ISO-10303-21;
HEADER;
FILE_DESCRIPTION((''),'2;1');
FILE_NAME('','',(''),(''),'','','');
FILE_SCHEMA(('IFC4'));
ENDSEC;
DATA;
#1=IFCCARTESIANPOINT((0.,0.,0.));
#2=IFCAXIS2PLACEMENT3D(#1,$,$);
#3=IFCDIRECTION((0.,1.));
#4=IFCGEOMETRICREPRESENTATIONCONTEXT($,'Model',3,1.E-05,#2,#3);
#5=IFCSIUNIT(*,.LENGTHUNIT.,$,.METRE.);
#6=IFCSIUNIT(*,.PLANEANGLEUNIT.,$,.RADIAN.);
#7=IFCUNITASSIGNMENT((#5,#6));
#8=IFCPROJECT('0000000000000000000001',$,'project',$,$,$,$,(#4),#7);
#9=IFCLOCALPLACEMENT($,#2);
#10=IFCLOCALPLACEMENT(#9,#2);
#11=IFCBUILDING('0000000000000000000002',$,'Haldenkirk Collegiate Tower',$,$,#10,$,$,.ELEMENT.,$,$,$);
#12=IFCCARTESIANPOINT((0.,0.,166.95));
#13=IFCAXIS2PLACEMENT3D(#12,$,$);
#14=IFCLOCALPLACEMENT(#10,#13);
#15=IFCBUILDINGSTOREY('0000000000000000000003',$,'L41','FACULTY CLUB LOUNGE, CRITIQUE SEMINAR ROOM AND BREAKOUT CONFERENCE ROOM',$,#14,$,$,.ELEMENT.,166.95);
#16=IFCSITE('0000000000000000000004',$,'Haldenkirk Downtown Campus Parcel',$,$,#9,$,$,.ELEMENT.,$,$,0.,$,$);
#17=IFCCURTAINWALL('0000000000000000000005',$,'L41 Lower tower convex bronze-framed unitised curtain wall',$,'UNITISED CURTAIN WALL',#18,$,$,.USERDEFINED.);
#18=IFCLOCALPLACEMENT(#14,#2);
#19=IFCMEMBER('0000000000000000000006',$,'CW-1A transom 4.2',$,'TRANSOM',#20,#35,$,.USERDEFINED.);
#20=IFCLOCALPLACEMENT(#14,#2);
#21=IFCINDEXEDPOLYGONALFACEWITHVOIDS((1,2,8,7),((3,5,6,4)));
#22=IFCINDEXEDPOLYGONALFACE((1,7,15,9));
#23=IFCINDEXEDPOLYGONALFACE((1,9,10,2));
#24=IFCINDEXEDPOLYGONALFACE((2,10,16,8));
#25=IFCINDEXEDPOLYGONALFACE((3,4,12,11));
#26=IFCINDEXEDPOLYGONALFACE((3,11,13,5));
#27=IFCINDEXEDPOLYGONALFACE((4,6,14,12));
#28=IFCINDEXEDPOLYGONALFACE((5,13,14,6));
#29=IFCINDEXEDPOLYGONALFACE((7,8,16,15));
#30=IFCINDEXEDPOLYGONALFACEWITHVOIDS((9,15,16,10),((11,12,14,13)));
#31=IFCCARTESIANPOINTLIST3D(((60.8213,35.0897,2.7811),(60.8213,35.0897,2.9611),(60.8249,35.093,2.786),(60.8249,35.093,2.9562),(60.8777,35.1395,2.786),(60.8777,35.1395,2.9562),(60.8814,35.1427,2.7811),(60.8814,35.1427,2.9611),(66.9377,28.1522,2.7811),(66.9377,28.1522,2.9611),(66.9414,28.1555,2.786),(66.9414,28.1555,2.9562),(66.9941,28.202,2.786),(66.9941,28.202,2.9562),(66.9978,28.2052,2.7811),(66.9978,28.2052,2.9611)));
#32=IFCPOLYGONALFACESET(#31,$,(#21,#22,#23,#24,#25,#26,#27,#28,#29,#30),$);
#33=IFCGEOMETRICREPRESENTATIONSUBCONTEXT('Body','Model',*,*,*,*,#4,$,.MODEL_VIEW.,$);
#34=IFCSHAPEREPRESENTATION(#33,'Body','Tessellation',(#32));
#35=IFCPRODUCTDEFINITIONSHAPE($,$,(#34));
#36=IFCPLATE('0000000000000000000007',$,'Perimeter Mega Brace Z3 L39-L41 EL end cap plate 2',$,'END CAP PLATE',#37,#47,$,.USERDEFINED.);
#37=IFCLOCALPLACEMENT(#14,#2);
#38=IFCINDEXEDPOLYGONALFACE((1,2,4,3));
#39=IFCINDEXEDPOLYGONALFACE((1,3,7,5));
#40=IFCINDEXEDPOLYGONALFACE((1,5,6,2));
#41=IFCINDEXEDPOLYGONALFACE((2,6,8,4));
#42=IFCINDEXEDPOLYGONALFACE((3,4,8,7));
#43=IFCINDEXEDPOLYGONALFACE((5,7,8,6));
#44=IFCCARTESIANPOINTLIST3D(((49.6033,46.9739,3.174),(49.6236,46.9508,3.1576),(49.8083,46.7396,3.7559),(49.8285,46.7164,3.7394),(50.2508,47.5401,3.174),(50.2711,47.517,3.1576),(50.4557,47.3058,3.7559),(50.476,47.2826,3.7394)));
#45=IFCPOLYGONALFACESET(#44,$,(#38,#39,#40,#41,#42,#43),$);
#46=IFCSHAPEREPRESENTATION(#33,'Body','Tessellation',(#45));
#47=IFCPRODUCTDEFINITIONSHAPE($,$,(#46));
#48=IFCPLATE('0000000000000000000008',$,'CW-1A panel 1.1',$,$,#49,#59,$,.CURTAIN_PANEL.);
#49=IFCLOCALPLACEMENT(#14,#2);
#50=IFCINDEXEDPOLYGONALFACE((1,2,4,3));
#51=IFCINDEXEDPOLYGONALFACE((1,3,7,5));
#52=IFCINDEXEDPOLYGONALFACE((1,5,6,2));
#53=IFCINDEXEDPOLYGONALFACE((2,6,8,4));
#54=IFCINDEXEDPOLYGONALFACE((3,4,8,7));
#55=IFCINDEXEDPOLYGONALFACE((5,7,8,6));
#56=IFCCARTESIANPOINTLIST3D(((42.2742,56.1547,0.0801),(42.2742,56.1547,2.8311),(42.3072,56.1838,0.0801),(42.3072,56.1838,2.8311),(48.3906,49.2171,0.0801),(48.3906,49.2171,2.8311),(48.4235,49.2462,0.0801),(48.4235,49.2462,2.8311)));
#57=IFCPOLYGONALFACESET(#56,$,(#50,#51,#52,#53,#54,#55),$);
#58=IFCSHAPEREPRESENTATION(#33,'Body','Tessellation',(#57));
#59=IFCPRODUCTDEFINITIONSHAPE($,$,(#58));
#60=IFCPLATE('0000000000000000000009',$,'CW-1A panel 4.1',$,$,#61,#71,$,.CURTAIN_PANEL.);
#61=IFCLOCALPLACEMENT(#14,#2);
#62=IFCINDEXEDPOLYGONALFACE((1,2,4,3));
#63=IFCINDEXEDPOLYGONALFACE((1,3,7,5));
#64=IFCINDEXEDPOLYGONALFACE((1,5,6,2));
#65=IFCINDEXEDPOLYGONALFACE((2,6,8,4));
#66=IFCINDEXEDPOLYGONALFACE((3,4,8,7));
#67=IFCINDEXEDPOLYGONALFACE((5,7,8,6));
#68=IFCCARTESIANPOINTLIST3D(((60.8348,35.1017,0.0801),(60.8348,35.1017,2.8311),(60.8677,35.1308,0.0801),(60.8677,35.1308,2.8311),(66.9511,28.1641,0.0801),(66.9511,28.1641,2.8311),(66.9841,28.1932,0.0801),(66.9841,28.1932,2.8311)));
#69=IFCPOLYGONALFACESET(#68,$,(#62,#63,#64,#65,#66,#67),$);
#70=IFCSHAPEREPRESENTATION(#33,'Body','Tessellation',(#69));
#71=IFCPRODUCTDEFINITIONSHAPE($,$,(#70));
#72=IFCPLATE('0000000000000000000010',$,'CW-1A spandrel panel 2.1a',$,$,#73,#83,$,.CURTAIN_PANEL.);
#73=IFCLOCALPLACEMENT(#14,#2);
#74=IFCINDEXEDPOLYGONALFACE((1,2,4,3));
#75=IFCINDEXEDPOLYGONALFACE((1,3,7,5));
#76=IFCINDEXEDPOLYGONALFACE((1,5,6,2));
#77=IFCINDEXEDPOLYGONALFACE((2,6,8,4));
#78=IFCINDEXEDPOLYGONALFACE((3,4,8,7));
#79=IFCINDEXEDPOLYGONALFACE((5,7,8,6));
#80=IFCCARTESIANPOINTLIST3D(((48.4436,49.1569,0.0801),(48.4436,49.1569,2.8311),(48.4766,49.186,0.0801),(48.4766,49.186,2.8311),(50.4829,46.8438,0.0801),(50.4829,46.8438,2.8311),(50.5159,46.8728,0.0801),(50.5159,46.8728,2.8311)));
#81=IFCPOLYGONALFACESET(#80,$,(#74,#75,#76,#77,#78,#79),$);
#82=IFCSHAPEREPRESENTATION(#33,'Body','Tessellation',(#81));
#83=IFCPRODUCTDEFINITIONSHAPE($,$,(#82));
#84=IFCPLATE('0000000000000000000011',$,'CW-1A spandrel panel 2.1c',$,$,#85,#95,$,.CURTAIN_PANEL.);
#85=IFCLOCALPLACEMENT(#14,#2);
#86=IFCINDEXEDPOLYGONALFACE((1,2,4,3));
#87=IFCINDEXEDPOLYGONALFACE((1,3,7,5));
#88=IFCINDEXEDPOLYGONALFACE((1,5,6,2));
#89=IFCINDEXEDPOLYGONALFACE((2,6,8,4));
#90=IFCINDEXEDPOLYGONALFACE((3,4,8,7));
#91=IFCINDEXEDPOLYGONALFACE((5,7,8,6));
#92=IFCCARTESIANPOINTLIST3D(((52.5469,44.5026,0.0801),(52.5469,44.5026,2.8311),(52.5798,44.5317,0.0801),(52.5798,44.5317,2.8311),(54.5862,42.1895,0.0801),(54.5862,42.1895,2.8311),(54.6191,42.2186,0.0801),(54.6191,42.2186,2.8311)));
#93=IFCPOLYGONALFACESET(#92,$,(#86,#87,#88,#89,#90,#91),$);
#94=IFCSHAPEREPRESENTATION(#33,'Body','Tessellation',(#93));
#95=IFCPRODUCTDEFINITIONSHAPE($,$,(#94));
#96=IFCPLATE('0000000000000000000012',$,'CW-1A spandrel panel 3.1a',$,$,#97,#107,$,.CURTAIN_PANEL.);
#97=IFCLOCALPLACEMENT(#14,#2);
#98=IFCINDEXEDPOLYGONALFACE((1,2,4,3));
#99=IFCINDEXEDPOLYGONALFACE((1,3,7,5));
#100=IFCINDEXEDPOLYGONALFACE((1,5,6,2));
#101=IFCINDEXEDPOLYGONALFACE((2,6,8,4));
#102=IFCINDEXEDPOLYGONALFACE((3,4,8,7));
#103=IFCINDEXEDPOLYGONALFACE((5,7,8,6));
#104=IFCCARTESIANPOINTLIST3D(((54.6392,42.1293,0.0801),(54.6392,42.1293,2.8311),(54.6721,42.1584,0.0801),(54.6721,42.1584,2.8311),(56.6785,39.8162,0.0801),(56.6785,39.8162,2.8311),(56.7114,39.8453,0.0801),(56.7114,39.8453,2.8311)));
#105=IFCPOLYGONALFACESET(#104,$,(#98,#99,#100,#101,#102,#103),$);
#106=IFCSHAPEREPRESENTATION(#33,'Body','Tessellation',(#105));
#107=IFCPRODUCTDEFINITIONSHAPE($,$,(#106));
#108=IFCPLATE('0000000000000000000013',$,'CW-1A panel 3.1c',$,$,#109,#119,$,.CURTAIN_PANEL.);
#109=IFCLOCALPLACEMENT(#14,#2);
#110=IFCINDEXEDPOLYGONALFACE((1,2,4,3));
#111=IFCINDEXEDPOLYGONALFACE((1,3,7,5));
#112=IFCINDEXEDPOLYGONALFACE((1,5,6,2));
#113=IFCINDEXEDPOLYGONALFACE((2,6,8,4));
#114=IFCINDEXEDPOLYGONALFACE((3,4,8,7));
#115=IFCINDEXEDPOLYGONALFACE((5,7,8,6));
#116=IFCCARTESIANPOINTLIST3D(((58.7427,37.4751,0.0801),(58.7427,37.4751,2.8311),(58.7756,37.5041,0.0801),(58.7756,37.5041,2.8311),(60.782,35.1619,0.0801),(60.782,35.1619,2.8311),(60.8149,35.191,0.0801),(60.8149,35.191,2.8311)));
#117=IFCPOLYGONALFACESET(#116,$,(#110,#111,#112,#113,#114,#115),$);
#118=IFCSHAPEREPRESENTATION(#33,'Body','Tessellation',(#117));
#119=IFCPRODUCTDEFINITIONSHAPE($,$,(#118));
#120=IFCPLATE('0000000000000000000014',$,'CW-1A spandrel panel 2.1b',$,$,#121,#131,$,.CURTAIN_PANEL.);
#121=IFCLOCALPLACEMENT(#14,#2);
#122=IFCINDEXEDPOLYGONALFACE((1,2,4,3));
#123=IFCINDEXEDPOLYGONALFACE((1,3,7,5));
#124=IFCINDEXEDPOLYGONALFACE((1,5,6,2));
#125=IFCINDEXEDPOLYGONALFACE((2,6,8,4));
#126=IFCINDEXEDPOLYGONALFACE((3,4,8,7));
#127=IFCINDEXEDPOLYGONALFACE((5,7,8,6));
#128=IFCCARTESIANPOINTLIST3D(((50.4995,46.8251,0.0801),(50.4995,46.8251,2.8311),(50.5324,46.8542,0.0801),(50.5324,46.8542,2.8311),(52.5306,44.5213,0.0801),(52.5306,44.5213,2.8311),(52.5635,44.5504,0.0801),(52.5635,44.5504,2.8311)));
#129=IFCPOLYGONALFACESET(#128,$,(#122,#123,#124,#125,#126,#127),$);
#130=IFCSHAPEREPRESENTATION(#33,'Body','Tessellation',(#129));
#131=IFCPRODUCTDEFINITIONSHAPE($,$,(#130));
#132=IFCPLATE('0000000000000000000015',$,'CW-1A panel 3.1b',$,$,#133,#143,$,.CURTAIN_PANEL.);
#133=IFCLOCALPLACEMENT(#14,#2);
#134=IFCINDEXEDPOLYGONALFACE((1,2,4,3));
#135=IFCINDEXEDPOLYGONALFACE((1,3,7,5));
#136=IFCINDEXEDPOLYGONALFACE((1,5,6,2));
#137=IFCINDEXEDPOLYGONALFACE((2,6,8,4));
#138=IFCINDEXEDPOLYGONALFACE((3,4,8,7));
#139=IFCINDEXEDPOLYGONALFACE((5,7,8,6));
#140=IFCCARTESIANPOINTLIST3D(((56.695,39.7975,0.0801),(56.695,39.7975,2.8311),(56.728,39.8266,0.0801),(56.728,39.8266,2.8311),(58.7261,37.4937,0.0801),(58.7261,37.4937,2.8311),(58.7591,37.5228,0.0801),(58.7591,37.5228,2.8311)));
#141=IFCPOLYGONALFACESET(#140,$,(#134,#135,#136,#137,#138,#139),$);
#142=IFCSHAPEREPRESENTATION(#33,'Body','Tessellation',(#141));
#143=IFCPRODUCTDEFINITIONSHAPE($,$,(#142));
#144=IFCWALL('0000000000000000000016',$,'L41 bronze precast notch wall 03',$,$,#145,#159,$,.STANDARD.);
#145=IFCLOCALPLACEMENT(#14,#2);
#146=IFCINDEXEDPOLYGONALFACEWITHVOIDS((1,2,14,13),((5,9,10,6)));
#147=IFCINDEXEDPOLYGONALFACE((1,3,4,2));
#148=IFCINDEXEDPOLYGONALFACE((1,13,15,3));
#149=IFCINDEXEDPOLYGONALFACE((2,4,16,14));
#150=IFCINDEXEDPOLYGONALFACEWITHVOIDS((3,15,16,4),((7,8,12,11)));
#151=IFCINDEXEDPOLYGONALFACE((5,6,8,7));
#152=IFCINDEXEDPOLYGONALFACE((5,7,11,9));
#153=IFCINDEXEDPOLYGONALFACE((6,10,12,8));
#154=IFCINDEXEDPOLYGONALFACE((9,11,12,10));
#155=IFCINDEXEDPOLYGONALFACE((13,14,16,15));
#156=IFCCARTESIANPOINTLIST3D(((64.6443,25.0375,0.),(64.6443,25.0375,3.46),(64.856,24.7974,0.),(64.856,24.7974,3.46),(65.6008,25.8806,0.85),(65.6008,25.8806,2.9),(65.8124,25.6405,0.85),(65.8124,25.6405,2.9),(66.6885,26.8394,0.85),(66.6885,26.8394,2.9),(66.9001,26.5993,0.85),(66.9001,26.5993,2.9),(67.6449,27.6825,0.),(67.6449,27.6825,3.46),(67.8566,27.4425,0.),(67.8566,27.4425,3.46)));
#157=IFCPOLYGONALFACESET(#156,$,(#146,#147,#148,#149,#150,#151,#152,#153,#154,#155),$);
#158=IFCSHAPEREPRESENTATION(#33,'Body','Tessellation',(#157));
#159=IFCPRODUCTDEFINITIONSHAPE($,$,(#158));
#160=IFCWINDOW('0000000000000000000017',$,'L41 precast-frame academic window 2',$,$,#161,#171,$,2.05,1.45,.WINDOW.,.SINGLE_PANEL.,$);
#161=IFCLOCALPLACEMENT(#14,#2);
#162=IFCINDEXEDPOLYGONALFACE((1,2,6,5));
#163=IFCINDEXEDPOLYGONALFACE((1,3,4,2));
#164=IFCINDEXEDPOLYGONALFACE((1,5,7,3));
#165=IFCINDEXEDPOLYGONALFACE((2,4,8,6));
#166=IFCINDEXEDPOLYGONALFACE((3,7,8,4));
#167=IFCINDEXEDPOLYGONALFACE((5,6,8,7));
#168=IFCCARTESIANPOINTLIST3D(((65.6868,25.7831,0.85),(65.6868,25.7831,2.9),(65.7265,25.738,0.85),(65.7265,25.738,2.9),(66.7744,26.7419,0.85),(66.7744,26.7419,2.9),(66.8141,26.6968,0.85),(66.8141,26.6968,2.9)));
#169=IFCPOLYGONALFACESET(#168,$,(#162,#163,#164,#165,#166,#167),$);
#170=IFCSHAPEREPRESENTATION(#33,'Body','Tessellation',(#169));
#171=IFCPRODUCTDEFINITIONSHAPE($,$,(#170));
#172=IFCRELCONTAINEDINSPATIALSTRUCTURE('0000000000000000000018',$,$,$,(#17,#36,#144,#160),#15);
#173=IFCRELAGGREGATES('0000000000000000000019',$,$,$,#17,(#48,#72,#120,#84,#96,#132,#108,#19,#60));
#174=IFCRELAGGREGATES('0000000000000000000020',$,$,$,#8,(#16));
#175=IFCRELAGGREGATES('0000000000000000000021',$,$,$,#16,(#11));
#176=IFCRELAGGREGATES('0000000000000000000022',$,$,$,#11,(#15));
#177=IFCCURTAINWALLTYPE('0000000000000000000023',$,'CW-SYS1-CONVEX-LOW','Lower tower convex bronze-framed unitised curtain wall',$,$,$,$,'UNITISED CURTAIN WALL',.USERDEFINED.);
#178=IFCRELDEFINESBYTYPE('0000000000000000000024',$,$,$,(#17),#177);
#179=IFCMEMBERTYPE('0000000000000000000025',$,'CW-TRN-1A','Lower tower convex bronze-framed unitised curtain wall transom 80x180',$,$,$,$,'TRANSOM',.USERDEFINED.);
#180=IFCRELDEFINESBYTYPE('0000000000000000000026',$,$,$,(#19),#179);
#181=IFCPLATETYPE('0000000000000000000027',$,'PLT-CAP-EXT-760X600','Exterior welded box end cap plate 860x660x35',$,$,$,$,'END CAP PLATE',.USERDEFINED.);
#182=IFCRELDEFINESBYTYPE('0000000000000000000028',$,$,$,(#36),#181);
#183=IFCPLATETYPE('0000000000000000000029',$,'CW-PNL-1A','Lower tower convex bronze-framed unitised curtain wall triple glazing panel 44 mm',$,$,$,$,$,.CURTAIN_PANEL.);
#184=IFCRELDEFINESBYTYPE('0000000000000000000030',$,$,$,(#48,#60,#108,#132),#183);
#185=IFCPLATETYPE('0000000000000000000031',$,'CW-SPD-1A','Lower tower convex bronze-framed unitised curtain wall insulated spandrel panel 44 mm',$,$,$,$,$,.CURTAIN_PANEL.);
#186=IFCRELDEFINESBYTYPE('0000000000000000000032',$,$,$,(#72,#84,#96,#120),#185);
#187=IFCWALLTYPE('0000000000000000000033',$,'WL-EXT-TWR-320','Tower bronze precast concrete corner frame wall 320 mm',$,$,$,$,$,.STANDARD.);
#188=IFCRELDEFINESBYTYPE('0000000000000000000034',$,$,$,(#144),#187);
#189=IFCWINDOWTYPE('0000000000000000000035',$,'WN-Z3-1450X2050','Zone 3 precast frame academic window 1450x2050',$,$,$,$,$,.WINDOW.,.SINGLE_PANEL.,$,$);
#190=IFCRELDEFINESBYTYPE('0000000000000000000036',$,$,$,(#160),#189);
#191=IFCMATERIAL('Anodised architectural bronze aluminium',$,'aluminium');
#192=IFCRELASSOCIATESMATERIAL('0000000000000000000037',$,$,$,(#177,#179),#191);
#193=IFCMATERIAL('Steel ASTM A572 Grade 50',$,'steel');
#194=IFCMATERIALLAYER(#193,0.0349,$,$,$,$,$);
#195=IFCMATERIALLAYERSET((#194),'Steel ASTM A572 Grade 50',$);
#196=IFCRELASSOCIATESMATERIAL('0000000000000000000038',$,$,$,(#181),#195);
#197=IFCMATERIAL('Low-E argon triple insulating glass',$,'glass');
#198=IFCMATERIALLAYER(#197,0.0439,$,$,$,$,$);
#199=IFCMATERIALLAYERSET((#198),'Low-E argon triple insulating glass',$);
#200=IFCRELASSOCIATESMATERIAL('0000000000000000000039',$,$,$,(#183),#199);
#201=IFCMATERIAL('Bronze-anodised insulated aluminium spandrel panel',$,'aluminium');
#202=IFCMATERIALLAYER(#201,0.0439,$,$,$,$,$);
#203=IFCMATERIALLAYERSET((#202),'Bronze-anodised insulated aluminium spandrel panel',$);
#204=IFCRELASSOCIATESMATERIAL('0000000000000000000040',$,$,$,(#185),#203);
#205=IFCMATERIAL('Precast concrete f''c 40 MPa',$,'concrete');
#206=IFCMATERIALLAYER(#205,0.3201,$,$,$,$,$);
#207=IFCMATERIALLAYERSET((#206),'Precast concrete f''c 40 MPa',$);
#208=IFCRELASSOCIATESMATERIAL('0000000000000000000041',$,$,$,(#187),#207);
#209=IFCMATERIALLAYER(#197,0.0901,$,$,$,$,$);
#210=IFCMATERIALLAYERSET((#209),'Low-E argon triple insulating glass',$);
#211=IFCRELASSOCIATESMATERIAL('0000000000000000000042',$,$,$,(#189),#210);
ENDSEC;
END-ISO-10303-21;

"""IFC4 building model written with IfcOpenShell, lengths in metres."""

from ifc_helpers import new_model, si_unit, direction, frame, frame_2d, origin, origin_2d, place, context, subcontext, project, spatial, rectangle, hollow_rectangle, extrude, source, transform, mapped, material, layer, layer_set, material_profile, profile_set, type_object, element, fill, aggregate, save


model = new_model("IFC4")

# Units and contexts
model_context = context("Model", 3, precision=1e-05, world=origin(), true_north=direction((0.0, 1.0)))
body_context = subcontext(model_context, "Body", "Model", "MODEL_VIEW")
ifc_project = project(units=[si_unit("LENGTHUNIT", "METRE"), si_unit("PLANEANGLEUNIT", "RADIAN")], contexts=[model_context])

# Site, building, storey
site_placement = place(None, origin())
site = spatial("IfcSite", under=ifc_project, at=site_placement, Name="Haldenkirk Downtown Campus Parcel", CompositionType="ELEMENT", RefElevation=0.0)
building_placement = place(site_placement, origin())
building = spatial("IfcBuilding", under=site, at=building_placement, Name="Haldenkirk Collegiate Tower", CompositionType="ELEMENT")
storey_placement = place(building_placement, frame((0.0, 0.0, 166.95)))
storey = spatial("IfcBuildingStorey", under=building, at=storey_placement, Name="L41", Description="FACULTY CLUB LOUNGE, CRITIQUE SEMINAR ROOM AND BREAKOUT CONFERENCE ROOM", CompositionType="ELEMENT", Elevation=166.95)

# Curtain wall, member
ifc_material_1 = material(Name="Anodised architectural bronze aluminium", Category="aluminium")
curtain_wall_type = type_object("IfcCurtainWallType", Name="CW-SYS1-CONVEX-LOW", Description="Lower tower convex bronze-framed unitised curtain wall", ElementType="UNITISED CURTAIN WALL", PredefinedType="USERDEFINED", material=ifc_material_1)
curtain_wall_placement = place(storey_placement, origin())
curtain_wall = element("IfcCurtainWall", 1, at=curtain_wall_placement, inside=storey, type_object=curtain_wall_type, Name="L41 Lower tower convex bronze-framed unitised curtain wall", ObjectType="UNITISED CURTAIN WALL", PredefinedType="USERDEFINED")
ifc_material_profile_1 = material_profile(ifc_material_1, hollow_rectangle(XDim=0.0801, YDim=0.1799, WallThickness=0.0049, at=origin_2d()), Name="CW-TRN-1A")
ifc_profile_set_1 = profile_set([ifc_material_profile_1], Name="Anodised architectural bronze aluminium")
member_type_1 = type_object("IfcMemberType", Name="CW-TRN-1A", Description="Lower tower convex bronze-framed unitised curtain wall transom 80x180", ElementType="TRANSOM", PredefinedType="USERDEFINED", material=ifc_profile_set_1)
member_1_placement = place(storey_placement, frame((60.8513, 35.1162, 2.8711), z_axis=(0.661326, -0.750099, 0.0), x_axis=(0.750099, 0.661326, 0.0)))
member_1 = element("IfcMember", 2, at=member_1_placement, type_object=member_type_1, Name="CW-1A transom 4.2", ObjectType="TRANSOM", PredefinedType="USERDEFINED", context=body_context, shape_type="SweptSolid", body=[
    extrude(hollow_rectangle(XDim=0.0801, YDim=0.1799, WallThickness=0.0049, at=origin_2d()), origin(), (0.0, 0.0, 1.0), 9.2488),
])

# Plates
ifc_material_2 = material(Name="Steel ASTM A572 Grade 50", Category="steel")
ifc_layer_1 = layer(ifc_material_2, 0.0349)
ifc_layer_set_1 = layer_set([ifc_layer_1], Name="Steel ASTM A572 Grade 50")
plate_type_1 = type_object("IfcPlateType", Name="PLT-CAP-EXT-760X600", Description="Exterior welded box end cap plate 860x660x35", ElementType="END CAP PLATE", PredefinedType="USERDEFINED", material=ifc_layer_set_1)
shared_shape_1 = source(origin(), body_context, "Body", "SweptSolid", [
    extrude(rectangle(XDim=0.8601, YDim=0.6599, at=origin_2d()), origin(), (0.0, 0.0, 1.0), 0.0349),
])
plate_1_placement = place(storey_placement, frame((50.0498, 47.1167, 3.4485), z_axis=(-0.580433, 0.663744, 0.471743), x_axis=(-0.75277, -0.658284, 0.0)))
element("IfcPlate", 3, at=plate_1_placement, inside=storey, type_object=plate_type_1, Name="Perimeter Mega Brace Z3 L39-L41 EL end cap plate 2", ObjectType="END CAP PLATE", PredefinedType="USERDEFINED", context=body_context, shape_type="MappedRepresentation", body=[
    mapped(shared_shape_1, transform((0.0, 0.0, 0.0), x_axis=(1.0, 0.0, 0.0), y_axis=(0.0, 1.0, 0.0), z_axis=(0.0, 0.0, 1.0), scale=1.0)),
])
ifc_material_3 = material(Name="Low-E argon triple insulating glass", Category="glass")
ifc_layer_2 = layer(ifc_material_3, 0.0439)
ifc_layer_set_2 = layer_set([ifc_layer_2], Name="Low-E argon triple insulating glass")
plate_type_2 = type_object("IfcPlateType", Name="CW-PNL-1A", Description="Lower tower convex bronze-framed unitised curtain wall triple glazing panel 44 mm", PredefinedType="CURTAIN_PANEL", material=ifc_layer_set_2)
shared_shape_2 = source(origin(), body_context, "Body", "SweptSolid", [
    extrude(rectangle(XDim=9.2488, YDim=0.0439, at=origin_2d()), origin(), (0.0, 0.0, 1.0), 2.751),
])
plate_2_placement = place(storey_placement, frame((45.3489, 52.7004, 0.0801), z_axis=(0.0, 0.0, 1.0), x_axis=(0.661311, -0.750112, 0.0)))
plate_2 = element("IfcPlate", 4, at=plate_2_placement, type_object=plate_type_2, Name="CW-1A panel 1.1", PredefinedType="CURTAIN_PANEL", context=body_context, shape_type="MappedRepresentation", body=[
    mapped(shared_shape_2, transform((0.0, 0.0, 0.0), x_axis=(1.0, 0.0, 0.0), y_axis=(0.0, 1.0, 0.0), z_axis=(0.0, 0.0, 1.0), scale=1.0)),
])
plate_3_placement = place(storey_placement, frame((63.9094, 31.6475, 0.0801), z_axis=(0.0, 0.0, 1.0), x_axis=(0.661311, -0.750112, 0.0)))
plate_3 = element("IfcPlate", 5, at=plate_3_placement, type_object=plate_type_2, Name="CW-1A panel 4.1", PredefinedType="CURTAIN_PANEL", context=body_context, shape_type="MappedRepresentation", body=[
    mapped(shared_shape_2, transform((0.0, 0.0, 0.0), x_axis=(1.0, 0.0, 0.0), y_axis=(0.0, 1.0, 0.0), z_axis=(0.0, 0.0, 1.0), scale=1.0)),
])
ifc_material_4 = material(Name="Bronze-anodised insulated aluminium spandrel panel", Category="aluminium")
ifc_layer_3 = layer(ifc_material_4, 0.0439)
ifc_layer_set_3 = layer_set([ifc_layer_3], Name="Bronze-anodised insulated aluminium spandrel panel")
plate_type_3 = type_object("IfcPlateType", Name="CW-SPD-1A", Description="Lower tower convex bronze-framed unitised curtain wall insulated spandrel panel 44 mm", PredefinedType="CURTAIN_PANEL", material=ifc_layer_set_3)
shared_shape_3 = source(origin(), body_context, "Body", "SweptSolid", [
    extrude(rectangle(XDim=3.0837, YDim=0.0439, at=origin_2d()), origin(), (0.0, 0.0, 1.0), 2.751),
])
plate_4_placement = place(storey_placement, frame((49.4797, 48.0149, 0.0801), z_axis=(0.0, 0.0, 1.0), x_axis=(0.661311, -0.750112, 0.0)))
plate_4 = element("IfcPlate", 6, at=plate_4_placement, type_object=plate_type_3, Name="CW-1A spandrel panel 2.1a", PredefinedType="CURTAIN_PANEL", context=body_context, shape_type="MappedRepresentation", body=[
    mapped(shared_shape_3, transform((0.0, 0.0, 0.0), x_axis=(1.0, 0.0, 0.0), y_axis=(0.0, 1.0, 0.0), z_axis=(0.0, 0.0, 1.0), scale=1.0)),
])
plate_5_placement = place(storey_placement, frame((53.583, 43.3606, 0.0801), z_axis=(0.0, 0.0, 1.0), x_axis=(0.661311, -0.750112, 0.0)))
plate_5 = element("IfcPlate", 7, at=plate_5_placement, type_object=plate_type_3, Name="CW-1A spandrel panel 2.1c", PredefinedType="CURTAIN_PANEL", context=body_context, shape_type="MappedRepresentation", body=[
    mapped(shared_shape_3, transform((0.0, 0.0, 0.0), x_axis=(1.0, 0.0, 0.0), y_axis=(0.0, 1.0, 0.0), z_axis=(0.0, 0.0, 1.0), scale=1.0)),
])
plate_6_placement = place(storey_placement, frame((55.6753, 40.9873, 0.0801), z_axis=(0.0, 0.0, 1.0), x_axis=(0.661311, -0.750112, 0.0)))
plate_6 = element("IfcPlate", 8, at=plate_6_placement, type_object=plate_type_3, Name="CW-1A spandrel panel 3.1a", PredefinedType="CURTAIN_PANEL", context=body_context, shape_type="MappedRepresentation", body=[
    mapped(shared_shape_3, transform((0.0, 0.0, 0.0), x_axis=(1.0, 0.0, 0.0), y_axis=(0.0, 1.0, 0.0), z_axis=(0.0, 0.0, 1.0), scale=1.0)),
])
plate_7_placement = place(storey_placement, frame((59.7788, 36.333, 0.0801), z_axis=(0.0, 0.0, 1.0), x_axis=(0.661311, -0.750112, 0.0)))
plate_7 = element("IfcPlate", 9, at=plate_7_placement, type_object=plate_type_2, Name="CW-1A panel 3.1c", PredefinedType="CURTAIN_PANEL", context=body_context, shape_type="MappedRepresentation", body=[
    mapped(shared_shape_3, transform((0.0, 0.0, 0.0), x_axis=(1.0, 0.0, 0.0), y_axis=(0.0, 1.0, 0.0), z_axis=(0.0, 0.0, 1.0), scale=1.0)),
])
shared_shape_4 = source(origin(), body_context, "Body", "SweptSolid", [
    extrude(rectangle(XDim=3.0713, YDim=0.0439, at=origin_2d()), origin(), (0.0, 0.0, 1.0), 2.751),
])
plate_8_placement = place(storey_placement, frame((51.5315, 45.6877, 0.0801), z_axis=(0.0, 0.0, 1.0), x_axis=(0.661311, -0.750112, 0.0)))
plate_8 = element("IfcPlate", 10, at=plate_8_placement, type_object=plate_type_3, Name="CW-1A spandrel panel 2.1b", PredefinedType="CURTAIN_PANEL", context=body_context, shape_type="MappedRepresentation", body=[
    mapped(shared_shape_4, transform((0.0, 0.0, 0.0), x_axis=(1.0, 0.0, 0.0), y_axis=(0.0, 1.0, 0.0), z_axis=(0.0, 0.0, 1.0), scale=1.0)),
])
plate_9_placement = place(storey_placement, frame((57.7271, 38.6602, 0.0801), z_axis=(0.0, 0.0, 1.0), x_axis=(0.661311, -0.750112, 0.0)))
plate_9 = element("IfcPlate", 11, at=plate_9_placement, type_object=plate_type_2, Name="CW-1A panel 3.1b", PredefinedType="CURTAIN_PANEL", context=body_context, shape_type="MappedRepresentation", body=[
    mapped(shared_shape_4, transform((0.0, 0.0, 0.0), x_axis=(1.0, 0.0, 0.0), y_axis=(0.0, 1.0, 0.0), z_axis=(0.0, 0.0, 1.0), scale=1.0)),
])
aggregate(curtain_wall, [plate_2, plate_4, plate_8, plate_5, plate_6, plate_9, plate_7, member_1, plate_3])

# Wall, opening, window
ifc_material_5 = material(Name="Precast concrete f'c 40 MPa", Category="concrete")
ifc_layer_4 = layer(ifc_material_5, 0.3201)
ifc_layer_set_4 = layer_set([ifc_layer_4], Name="Precast concrete f'c 40 MPa")
wall_type_1 = type_object("IfcWallType", Name="WL-EXT-TWR-320", Description="Tower bronze precast concrete corner frame wall 320 mm", PredefinedType="STANDARD", material=ifc_layer_set_4)
wall_1_placement = place(storey_placement, frame((67.7507, 27.5625, 0.0), z_axis=(0.0, 0.0, 1.0), x_axis=(-0.750144, -0.661274, 0.0)))
wall_1 = element("IfcWall", 12, at=wall_1_placement, inside=storey, type_object=wall_type_1, Name="L41 bronze precast notch wall 03", PredefinedType="STANDARD", context=body_context, shape_type="SweptSolid", body=[
    extrude(rectangle(XDim=4.0, YDim=0.3201, at=frame_2d((2.0, 0.0))), origin(), (0.0, 0.0, 1.0), 3.46),
])
opening_1_placement = place(wall_1_placement, frame((1.2749, 0.0, 0.8501)))
opening_1 = element("IfcOpeningElement", 13, at=opening_1_placement, cuts=wall_1, PredefinedType="OPENING", context=body_context, shape_type="SweptSolid", body=[
    extrude(rectangle(XDim=1.45, YDim=2.05, at=frame_2d((0.7251, 1.0249))), frame((0.0, 0.1699, 0.0), z_axis=(0.0, -1.0, 0.0), x_axis=(1.0, 0.0, 0.0)), (0.0, 0.0, 1.0), 0.3401),
])
ifc_layer_5 = layer(ifc_material_3, 0.0901)
ifc_layer_set_5 = layer_set([ifc_layer_5], Name="Low-E argon triple insulating glass")
window_type = type_object("IfcWindowType", Name="WN-Z3-1450X2050", Description="Zone 3 precast frame academic window 1450x2050", PartitioningType="SINGLE_PANEL", PredefinedType="WINDOW", material=ifc_layer_set_5)
window_placement = place(opening_1_placement, origin())
window = element("IfcWindow", 14, at=window_placement, inside=storey, type_object=window_type, Name="L41 precast-frame academic window 2", OverallHeight=2.05, OverallWidth=1.45, PartitioningType="SINGLE_PANEL", PredefinedType="WINDOW", context=body_context, shape_type="SweptSolid", body=[
    extrude(rectangle(XDim=1.45, YDim=2.05, at=frame_2d((0.7251, 1.0249))), frame((0.0, 0.03, 0.0), z_axis=(0.0, -1.0, 0.0), x_axis=(1.0, 0.0, 0.0)), (0.0, 0.0, 1.0), 0.0601),
])
fill(opening_1, window)

save(model, "model.ifc")
